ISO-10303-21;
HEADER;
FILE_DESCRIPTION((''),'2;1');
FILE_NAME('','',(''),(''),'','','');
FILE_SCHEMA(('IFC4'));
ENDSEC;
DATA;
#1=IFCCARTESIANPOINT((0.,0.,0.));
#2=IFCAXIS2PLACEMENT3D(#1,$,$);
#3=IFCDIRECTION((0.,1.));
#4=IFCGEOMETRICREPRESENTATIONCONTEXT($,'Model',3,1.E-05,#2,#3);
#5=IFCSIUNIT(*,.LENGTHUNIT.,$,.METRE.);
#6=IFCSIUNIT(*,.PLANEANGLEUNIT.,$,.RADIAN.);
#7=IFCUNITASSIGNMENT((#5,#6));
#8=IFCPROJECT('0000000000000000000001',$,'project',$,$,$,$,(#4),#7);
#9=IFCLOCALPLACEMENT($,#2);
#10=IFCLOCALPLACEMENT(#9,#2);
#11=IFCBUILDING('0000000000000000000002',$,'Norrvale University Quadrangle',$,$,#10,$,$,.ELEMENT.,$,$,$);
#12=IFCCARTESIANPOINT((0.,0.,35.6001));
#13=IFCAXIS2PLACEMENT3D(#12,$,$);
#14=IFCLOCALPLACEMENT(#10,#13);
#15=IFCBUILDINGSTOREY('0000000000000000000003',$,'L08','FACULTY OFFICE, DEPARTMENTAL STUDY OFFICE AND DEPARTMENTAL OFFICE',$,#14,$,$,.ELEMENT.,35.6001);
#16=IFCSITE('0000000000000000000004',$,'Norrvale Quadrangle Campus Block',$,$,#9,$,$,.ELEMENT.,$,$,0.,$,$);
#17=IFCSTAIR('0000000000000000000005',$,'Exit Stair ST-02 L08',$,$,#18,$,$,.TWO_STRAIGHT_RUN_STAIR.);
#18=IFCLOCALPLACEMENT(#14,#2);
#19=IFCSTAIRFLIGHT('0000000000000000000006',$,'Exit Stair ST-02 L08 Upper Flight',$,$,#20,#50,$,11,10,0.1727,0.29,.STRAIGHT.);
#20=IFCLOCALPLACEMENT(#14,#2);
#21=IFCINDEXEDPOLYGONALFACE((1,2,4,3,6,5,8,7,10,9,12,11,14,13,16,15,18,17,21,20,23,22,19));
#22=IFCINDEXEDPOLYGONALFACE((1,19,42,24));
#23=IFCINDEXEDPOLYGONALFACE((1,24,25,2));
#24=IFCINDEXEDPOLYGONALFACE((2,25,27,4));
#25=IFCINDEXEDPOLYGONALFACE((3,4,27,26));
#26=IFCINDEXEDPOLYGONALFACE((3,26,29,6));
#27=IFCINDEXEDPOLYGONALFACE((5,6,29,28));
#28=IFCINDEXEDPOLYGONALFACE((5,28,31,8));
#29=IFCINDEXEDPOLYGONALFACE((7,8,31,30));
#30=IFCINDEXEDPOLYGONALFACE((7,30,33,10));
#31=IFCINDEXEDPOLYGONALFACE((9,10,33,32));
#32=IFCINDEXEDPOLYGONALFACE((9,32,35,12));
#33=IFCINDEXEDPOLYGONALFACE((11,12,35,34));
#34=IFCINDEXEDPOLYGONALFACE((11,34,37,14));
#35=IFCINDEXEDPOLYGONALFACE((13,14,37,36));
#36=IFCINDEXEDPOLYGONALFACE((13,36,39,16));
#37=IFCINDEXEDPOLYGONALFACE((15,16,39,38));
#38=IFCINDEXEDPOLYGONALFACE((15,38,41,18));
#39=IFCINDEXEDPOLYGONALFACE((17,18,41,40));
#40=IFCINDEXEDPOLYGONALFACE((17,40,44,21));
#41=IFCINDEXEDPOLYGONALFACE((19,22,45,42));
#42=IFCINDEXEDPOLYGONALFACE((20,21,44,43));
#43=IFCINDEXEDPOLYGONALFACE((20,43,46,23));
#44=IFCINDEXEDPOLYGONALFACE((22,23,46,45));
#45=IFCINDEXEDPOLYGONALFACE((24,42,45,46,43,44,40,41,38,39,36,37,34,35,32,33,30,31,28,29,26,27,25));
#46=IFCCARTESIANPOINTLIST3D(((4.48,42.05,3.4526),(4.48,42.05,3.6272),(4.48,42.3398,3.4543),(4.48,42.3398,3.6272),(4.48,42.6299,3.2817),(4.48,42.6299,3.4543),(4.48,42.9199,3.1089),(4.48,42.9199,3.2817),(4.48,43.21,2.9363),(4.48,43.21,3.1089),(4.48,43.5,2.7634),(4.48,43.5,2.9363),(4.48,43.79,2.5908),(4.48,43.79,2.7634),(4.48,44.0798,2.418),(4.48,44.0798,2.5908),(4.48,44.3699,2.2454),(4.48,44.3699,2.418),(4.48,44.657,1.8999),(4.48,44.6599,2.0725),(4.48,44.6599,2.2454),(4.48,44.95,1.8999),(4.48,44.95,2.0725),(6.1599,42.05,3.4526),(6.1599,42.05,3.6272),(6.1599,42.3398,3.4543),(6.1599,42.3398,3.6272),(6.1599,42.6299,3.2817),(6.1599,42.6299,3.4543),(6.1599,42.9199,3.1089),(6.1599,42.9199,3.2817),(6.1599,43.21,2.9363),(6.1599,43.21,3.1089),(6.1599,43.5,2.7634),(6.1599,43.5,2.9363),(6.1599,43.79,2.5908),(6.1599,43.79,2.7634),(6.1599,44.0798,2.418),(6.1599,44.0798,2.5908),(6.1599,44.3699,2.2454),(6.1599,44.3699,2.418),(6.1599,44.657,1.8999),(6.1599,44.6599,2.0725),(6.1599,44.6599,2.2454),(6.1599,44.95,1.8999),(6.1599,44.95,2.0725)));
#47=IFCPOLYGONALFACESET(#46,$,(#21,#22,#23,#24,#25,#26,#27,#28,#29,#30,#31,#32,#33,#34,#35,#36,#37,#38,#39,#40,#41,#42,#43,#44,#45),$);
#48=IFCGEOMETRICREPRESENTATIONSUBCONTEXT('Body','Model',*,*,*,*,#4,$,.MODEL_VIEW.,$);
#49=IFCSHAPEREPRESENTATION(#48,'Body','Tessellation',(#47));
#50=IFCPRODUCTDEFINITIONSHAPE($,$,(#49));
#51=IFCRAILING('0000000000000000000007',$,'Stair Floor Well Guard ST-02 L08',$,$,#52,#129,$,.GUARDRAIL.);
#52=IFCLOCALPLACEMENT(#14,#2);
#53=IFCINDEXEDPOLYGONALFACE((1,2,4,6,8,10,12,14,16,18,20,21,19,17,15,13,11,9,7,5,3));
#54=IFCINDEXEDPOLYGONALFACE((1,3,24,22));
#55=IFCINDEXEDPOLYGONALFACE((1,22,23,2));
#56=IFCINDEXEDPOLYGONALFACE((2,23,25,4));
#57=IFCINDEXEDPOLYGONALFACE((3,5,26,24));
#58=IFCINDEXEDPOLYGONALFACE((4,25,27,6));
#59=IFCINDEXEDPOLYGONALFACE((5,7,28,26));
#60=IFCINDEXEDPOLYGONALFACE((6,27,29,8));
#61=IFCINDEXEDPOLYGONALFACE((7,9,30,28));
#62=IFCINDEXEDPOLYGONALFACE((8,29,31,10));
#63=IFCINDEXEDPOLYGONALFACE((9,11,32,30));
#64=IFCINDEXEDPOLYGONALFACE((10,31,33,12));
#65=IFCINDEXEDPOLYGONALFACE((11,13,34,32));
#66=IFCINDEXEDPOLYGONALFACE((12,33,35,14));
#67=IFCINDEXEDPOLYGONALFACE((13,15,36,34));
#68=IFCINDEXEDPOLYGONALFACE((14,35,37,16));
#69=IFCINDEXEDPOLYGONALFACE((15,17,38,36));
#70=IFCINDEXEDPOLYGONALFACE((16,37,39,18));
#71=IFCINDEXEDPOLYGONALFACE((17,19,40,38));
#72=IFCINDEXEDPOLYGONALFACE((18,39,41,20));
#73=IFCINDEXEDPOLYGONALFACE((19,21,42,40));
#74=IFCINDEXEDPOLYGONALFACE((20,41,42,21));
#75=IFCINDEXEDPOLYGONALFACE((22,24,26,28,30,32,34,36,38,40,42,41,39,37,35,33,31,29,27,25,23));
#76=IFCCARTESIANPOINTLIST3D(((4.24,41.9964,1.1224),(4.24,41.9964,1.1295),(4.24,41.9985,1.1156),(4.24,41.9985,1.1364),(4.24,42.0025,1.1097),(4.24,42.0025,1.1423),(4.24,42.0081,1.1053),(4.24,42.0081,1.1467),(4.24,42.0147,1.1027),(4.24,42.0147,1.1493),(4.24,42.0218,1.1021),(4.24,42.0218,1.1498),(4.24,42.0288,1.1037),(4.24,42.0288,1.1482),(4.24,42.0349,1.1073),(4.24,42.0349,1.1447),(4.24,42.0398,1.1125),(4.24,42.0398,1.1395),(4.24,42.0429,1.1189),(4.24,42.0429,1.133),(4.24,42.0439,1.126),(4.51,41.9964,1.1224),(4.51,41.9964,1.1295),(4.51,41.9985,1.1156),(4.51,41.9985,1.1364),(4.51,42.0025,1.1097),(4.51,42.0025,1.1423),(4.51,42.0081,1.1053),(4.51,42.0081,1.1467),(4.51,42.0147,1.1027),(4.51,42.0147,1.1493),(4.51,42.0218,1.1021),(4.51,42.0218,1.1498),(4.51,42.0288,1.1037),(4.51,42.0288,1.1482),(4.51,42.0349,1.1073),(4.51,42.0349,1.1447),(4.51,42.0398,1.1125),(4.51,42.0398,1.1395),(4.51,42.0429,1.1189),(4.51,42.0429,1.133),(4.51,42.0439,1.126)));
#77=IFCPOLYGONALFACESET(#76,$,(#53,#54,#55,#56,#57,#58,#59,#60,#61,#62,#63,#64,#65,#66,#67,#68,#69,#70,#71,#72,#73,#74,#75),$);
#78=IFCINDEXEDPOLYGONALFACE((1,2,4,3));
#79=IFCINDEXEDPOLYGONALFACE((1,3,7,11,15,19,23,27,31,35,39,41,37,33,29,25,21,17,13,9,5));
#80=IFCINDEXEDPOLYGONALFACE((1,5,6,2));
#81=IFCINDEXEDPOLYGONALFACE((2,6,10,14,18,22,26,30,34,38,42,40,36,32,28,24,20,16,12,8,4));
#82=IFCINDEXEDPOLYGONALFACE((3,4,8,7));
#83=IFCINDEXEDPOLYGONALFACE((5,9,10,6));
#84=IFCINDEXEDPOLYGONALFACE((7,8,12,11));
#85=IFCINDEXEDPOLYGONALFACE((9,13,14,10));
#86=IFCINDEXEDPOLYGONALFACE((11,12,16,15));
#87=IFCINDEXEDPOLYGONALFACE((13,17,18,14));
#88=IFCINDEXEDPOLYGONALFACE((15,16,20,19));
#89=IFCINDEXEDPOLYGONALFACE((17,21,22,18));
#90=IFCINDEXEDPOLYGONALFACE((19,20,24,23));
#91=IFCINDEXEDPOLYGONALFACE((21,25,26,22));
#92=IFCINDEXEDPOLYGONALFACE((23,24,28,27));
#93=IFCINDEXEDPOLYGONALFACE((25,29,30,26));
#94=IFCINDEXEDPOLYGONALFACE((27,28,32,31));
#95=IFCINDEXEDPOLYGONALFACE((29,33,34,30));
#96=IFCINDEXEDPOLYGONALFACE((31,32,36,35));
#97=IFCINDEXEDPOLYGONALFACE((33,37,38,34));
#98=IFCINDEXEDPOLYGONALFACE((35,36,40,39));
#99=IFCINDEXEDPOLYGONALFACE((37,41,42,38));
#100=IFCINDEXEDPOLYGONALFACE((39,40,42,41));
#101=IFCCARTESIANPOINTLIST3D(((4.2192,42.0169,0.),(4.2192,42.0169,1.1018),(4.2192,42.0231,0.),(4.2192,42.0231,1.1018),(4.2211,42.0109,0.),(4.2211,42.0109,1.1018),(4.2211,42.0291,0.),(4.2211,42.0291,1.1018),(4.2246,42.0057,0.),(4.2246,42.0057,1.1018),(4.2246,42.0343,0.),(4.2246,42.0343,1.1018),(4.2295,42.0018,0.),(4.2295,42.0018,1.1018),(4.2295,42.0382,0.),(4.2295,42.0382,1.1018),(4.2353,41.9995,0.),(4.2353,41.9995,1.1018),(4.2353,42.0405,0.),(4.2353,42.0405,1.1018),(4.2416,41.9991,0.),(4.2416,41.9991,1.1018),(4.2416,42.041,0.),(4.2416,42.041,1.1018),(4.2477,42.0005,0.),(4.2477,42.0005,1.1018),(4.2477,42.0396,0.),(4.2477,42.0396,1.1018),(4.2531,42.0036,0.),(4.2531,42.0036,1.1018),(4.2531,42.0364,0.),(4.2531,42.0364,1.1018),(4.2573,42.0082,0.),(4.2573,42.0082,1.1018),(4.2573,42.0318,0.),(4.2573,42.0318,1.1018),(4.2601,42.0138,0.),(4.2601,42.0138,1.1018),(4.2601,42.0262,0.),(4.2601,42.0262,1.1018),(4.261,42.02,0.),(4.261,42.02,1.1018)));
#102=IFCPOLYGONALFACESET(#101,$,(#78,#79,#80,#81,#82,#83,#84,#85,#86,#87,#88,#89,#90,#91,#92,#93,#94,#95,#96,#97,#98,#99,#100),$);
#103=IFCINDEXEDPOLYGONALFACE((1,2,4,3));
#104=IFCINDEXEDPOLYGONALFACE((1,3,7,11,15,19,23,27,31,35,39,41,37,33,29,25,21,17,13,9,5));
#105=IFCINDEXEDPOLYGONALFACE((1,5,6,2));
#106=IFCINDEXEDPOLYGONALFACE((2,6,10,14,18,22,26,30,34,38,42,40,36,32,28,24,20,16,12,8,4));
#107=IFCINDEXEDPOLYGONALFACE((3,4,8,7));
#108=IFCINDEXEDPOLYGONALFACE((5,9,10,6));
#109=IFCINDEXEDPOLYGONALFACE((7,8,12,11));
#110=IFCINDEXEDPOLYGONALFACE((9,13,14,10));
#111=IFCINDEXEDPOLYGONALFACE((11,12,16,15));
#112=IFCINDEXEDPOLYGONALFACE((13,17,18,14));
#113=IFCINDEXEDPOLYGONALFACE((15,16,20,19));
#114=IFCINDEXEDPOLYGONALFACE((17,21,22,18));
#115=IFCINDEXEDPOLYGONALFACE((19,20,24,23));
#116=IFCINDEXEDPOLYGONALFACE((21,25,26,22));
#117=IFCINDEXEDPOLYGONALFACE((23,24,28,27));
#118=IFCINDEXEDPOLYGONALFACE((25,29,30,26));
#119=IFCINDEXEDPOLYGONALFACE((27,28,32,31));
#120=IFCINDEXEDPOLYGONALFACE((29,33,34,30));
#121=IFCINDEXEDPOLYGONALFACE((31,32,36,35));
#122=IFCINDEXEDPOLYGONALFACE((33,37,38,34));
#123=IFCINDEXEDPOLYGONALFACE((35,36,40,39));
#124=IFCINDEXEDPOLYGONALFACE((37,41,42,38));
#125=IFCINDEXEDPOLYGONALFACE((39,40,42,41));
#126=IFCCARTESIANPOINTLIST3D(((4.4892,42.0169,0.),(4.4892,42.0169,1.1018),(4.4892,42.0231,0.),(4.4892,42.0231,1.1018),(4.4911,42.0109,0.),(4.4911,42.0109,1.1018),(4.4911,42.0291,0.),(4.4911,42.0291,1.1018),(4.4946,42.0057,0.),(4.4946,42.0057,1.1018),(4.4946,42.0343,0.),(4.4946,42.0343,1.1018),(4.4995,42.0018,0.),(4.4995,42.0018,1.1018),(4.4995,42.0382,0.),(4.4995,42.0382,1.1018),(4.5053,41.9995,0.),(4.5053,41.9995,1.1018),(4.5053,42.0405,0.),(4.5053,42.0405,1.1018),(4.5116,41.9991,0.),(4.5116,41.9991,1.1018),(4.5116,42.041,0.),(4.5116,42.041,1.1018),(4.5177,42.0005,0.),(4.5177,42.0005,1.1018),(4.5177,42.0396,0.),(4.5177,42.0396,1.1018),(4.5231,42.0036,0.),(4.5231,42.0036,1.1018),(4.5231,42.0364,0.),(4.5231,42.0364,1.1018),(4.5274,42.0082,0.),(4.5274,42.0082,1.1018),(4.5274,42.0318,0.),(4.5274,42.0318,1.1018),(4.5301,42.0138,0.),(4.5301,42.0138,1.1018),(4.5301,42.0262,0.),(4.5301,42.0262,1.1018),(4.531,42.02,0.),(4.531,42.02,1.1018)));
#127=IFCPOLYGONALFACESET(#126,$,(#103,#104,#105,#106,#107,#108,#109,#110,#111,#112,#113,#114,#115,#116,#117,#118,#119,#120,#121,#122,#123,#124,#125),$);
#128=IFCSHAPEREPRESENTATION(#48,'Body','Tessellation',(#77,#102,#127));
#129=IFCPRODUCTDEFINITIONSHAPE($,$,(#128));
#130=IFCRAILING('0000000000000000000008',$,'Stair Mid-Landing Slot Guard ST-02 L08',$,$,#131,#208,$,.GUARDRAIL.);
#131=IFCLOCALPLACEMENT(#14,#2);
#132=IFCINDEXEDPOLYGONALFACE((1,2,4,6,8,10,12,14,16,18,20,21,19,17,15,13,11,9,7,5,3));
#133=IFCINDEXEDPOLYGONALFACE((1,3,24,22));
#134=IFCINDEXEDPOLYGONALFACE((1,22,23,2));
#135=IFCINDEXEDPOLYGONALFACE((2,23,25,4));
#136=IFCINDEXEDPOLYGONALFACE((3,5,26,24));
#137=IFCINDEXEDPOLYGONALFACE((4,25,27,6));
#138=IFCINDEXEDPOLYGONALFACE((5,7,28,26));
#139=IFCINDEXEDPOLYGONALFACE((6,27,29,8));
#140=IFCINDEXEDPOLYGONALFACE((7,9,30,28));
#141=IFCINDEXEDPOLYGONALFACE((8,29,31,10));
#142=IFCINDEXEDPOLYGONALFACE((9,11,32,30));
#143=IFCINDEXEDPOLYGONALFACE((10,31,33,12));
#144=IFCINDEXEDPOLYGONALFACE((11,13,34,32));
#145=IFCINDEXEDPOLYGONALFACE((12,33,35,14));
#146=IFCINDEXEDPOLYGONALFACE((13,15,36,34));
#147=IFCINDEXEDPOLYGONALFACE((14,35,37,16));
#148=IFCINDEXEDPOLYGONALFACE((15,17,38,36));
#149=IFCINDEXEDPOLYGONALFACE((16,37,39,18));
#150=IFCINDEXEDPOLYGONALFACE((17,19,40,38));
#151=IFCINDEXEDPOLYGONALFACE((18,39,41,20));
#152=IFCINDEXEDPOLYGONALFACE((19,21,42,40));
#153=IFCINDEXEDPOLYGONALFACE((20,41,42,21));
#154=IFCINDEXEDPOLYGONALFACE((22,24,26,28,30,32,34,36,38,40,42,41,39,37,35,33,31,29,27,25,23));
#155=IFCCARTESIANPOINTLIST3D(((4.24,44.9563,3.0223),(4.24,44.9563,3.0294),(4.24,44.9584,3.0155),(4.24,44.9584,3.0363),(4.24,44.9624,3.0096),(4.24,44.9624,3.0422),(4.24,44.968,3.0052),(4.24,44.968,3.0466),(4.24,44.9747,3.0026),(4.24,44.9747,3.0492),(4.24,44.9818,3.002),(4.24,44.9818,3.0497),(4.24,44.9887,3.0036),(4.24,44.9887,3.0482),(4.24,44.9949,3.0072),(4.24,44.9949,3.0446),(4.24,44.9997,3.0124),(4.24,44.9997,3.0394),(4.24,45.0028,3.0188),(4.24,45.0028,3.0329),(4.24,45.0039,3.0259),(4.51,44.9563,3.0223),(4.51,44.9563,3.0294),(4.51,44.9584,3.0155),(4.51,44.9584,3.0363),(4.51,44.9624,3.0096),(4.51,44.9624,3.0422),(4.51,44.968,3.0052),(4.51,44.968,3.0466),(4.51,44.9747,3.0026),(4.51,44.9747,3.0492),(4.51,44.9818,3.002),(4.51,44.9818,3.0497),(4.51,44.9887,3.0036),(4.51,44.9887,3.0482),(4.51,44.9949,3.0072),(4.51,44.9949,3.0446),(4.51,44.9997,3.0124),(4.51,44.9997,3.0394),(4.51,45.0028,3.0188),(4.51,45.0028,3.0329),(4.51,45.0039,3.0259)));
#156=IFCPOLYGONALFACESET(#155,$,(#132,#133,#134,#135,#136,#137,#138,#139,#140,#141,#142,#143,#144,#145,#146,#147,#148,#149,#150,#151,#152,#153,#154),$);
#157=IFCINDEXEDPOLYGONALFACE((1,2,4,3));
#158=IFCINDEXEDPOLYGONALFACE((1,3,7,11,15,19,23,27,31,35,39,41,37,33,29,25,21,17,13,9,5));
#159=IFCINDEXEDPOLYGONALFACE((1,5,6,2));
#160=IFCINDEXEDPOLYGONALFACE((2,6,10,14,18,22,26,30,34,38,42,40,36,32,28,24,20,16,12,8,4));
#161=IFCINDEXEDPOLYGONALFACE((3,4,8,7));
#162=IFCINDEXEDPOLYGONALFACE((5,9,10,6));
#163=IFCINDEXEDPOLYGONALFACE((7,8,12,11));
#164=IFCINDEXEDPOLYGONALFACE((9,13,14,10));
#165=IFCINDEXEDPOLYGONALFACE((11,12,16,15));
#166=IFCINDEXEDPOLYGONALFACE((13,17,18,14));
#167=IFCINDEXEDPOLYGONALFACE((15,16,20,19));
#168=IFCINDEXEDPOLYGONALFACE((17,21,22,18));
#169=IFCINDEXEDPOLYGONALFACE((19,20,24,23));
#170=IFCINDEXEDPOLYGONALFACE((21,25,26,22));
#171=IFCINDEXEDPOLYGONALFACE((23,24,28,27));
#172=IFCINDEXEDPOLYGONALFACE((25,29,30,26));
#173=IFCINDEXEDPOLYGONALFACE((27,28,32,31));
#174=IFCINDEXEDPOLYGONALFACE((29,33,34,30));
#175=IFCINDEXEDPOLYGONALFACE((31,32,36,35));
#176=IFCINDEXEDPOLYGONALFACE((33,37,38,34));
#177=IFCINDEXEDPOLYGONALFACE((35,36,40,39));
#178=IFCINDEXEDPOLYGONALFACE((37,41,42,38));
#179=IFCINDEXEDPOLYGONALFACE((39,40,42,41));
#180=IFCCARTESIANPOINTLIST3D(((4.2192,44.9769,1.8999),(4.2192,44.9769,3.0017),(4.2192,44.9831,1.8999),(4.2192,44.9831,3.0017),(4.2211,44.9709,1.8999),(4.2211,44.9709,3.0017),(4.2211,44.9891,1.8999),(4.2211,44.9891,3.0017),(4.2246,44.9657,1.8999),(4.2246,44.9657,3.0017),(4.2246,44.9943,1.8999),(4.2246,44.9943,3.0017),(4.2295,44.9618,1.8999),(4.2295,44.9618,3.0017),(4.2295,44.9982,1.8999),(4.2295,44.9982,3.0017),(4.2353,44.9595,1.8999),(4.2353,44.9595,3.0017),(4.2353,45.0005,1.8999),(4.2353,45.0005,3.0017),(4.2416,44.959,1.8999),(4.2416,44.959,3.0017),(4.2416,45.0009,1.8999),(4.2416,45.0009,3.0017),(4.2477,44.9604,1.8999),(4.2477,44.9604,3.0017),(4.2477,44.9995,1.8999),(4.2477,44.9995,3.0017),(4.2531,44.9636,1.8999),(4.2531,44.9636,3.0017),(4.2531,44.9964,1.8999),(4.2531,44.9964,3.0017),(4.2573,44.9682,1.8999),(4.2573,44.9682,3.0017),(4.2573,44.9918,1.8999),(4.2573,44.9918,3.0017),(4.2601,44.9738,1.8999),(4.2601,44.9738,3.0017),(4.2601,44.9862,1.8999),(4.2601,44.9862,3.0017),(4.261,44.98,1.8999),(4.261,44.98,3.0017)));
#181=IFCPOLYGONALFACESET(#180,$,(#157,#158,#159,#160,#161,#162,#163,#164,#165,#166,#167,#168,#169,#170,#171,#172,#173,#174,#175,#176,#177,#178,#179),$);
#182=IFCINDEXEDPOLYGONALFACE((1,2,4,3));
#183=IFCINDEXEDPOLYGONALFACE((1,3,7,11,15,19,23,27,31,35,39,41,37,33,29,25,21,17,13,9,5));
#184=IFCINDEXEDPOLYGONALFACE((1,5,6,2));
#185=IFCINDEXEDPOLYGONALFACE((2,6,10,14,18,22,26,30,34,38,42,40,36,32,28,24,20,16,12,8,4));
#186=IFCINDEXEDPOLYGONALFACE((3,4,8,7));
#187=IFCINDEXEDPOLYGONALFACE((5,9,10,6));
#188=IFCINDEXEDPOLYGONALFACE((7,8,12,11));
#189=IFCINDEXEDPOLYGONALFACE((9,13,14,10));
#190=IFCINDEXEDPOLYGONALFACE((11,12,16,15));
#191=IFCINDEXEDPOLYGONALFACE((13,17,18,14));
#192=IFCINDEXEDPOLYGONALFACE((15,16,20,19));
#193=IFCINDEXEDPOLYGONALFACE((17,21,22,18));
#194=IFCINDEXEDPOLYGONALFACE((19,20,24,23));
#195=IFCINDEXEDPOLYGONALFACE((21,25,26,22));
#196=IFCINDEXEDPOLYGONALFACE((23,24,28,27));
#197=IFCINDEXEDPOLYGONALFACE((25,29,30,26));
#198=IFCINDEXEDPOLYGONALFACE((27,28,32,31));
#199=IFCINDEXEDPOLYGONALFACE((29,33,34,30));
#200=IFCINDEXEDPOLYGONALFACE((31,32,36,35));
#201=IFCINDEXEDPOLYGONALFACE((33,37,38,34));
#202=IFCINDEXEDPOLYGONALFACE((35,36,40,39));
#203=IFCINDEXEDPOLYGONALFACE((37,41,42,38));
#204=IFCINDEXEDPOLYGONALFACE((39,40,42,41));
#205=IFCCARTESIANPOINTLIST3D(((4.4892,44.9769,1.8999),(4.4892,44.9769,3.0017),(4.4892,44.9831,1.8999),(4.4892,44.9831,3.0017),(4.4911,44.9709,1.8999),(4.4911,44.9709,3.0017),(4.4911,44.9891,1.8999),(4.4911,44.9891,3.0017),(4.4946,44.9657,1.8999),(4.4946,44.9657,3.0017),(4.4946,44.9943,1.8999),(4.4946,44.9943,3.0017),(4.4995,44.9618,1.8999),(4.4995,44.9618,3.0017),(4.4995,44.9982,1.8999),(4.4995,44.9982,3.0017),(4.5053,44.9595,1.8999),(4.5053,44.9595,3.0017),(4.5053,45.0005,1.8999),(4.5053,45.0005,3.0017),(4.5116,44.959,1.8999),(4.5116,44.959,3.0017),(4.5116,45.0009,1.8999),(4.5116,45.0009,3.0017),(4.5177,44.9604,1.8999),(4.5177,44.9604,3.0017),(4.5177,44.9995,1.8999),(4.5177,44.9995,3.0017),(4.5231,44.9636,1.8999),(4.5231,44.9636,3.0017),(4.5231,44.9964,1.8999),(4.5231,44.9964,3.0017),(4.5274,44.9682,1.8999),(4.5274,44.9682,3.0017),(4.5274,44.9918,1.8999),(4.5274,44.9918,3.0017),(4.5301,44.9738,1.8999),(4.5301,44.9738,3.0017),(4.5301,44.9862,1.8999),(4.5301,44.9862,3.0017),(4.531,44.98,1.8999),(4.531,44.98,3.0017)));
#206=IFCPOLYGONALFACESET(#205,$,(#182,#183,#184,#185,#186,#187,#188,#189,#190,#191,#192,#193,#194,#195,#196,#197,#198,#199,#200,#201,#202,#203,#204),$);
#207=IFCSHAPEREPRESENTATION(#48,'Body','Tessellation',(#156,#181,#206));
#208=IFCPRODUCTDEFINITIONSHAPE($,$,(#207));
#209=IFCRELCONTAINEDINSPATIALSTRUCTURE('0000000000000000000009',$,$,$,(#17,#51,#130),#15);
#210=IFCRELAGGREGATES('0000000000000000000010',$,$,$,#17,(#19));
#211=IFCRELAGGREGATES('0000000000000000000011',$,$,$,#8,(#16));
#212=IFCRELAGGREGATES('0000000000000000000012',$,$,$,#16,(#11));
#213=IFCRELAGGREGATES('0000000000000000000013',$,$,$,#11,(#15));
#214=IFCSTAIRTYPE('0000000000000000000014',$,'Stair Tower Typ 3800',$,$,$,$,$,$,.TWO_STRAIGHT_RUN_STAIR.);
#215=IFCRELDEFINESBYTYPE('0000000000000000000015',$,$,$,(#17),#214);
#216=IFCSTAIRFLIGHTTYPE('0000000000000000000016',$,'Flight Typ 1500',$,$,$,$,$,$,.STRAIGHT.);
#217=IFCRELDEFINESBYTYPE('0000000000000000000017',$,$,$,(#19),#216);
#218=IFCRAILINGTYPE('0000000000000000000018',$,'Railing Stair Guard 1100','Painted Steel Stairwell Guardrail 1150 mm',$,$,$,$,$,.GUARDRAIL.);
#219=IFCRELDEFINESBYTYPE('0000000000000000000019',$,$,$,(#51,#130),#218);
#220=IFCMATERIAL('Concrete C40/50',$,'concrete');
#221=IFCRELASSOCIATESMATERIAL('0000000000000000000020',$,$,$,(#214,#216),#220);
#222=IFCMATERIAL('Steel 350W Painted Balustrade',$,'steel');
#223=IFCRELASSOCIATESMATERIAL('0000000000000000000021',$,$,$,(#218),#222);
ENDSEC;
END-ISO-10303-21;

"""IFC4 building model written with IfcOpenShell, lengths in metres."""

from ifc_helpers import new_model, si_unit, direction, frame, origin, origin_2d, place, context, subcontext, project, spatial, polyline, circle, outline, extrude, material, type_object, element, aggregate, save


model = new_model("IFC4")

# Units and contexts
model_context = context("Model", 3, precision=1e-05, world=origin(), true_north=direction((0.0, 1.0)))
body_context = subcontext(model_context, "Body", "Model", "MODEL_VIEW")
ifc_project = project(units=[si_unit("LENGTHUNIT", "METRE"), si_unit("PLANEANGLEUNIT", "RADIAN")], contexts=[model_context])

# Site, building, storey
site_placement = place(None, origin())
site = spatial("IfcSite", under=ifc_project, at=site_placement, Name="Norrvale Quadrangle Campus Block", CompositionType="ELEMENT", RefElevation=0.0)
building_placement = place(site_placement, origin())
building = spatial("IfcBuilding", under=site, at=building_placement, Name="Norrvale University Quadrangle", CompositionType="ELEMENT")
storey_placement = place(building_placement, frame((0.0, 0.0, 35.6001)))
storey = spatial("IfcBuildingStorey", under=building, at=storey_placement, Name="L08", Description="FACULTY OFFICE, DEPARTMENTAL STUDY OFFICE AND DEPARTMENTAL OFFICE", CompositionType="ELEMENT", Elevation=35.6001)

# Stair, stair flight
ifc_material_1 = material(Name="Concrete C40/50", Category="concrete")
stair_type = type_object("IfcStairType", Name="Stair Tower Typ 3800", PredefinedType="TWO_STRAIGHT_RUN_STAIR", material=ifc_material_1)
stair_placement = place(storey_placement, origin())
stair = element("IfcStair", 1, at=stair_placement, inside=storey, type_object=stair_type, Name="Exit Stair ST-02 L08", PredefinedType="TWO_STRAIGHT_RUN_STAIR")
stair_flight_type = type_object("IfcStairFlightType", Name="Flight Typ 1500", PredefinedType="STRAIGHT", material=ifc_material_1)
stair_flight_1_placement = place(storey_placement, frame((5.3201, 44.95, 1.8999), z_axis=(0.0, 0.0, 1.0), x_axis=(0.0, -1.0, 0.0)))
stair_flight_1 = element("IfcStairFlight", 2, at=stair_flight_1_placement, type_object=stair_flight_type, Name="Exit Stair ST-02 L08 Upper Flight", NumberOfRisers=11, NumberOfTreads=10, PredefinedType="STRAIGHT", RiserHeight=0.1727, TreadLength=0.29, context=body_context, shape_type="SweptSolid", body=[
    extrude(outline(polyline([(0.0, 0.0), (0.0, 0.1726), (0.29, 0.1726), (0.29, 0.3455), (0.5801, 0.3455), (0.5801, 0.5181), (0.8701, 0.5181), (0.8701, 0.6909), (1.1599, 0.6909), (1.1599, 0.8635), (1.45, 0.8635), (1.45, 1.0364), (1.74, 1.0364), (1.74, 1.209), (2.03, 1.209), (2.03, 1.3818), (2.3201, 1.3818), (2.3201, 1.5544), (2.6101, 1.5544), (2.6101, 1.7273), (2.8999, 1.7273), (2.8999, 1.8999), (2.8999, 1.5527), (0.293, 0.0), (0.0, 0.0)])), frame((0.0, 0.8398, 0.0), z_axis=(0.0, -1.0, 0.0), x_axis=(1.0, 0.0, 0.0)), (0.0, 0.0, 1.0), 1.6799),
])
aggregate(stair, [stair_flight_1])

# Railings
ifc_material_2 = material(Name="Steel 350W Painted Balustrade", Category="steel")
railing_type_1 = type_object("IfcRailingType", Name="Railing Stair Guard 1100", Description="Painted Steel Stairwell Guardrail 1150 mm", PredefinedType="GUARDRAIL", material=ifc_material_2)
for number, where, name in (
    (3, (4.24, 42.02, 0.0), "Stair Floor Well Guard ST-02 L08"),
    (4, (4.24, 44.98, 1.8999), "Stair Mid-Landing Slot Guard ST-02 L08"),
):
    element("IfcRailing", number, at=place(storey_placement, frame(where)), inside=storey, type_object=railing_type_1, Name=name, PredefinedType="GUARDRAIL", context=body_context, shape_type="SweptSolid", body=[
        extrude(circle(Radius=0.0239, at=origin_2d()), frame((0.0, 0.0, 1.126), z_axis=(1.0, 0.0, 0.0), x_axis=(0.0, 1.0, 0.0)), (0.0, 0.0, 1.0), 0.27),
        extrude(circle(Radius=0.021, at=origin_2d()), origin(), (0.0, 0.0, 1.0), 1.1018),
        extrude(circle(Radius=0.021, at=origin_2d()), frame((0.27, 0.0, 0.0)), (0.0, 0.0, 1.0), 1.1018),
    ])

save(model, "model.ifc")
